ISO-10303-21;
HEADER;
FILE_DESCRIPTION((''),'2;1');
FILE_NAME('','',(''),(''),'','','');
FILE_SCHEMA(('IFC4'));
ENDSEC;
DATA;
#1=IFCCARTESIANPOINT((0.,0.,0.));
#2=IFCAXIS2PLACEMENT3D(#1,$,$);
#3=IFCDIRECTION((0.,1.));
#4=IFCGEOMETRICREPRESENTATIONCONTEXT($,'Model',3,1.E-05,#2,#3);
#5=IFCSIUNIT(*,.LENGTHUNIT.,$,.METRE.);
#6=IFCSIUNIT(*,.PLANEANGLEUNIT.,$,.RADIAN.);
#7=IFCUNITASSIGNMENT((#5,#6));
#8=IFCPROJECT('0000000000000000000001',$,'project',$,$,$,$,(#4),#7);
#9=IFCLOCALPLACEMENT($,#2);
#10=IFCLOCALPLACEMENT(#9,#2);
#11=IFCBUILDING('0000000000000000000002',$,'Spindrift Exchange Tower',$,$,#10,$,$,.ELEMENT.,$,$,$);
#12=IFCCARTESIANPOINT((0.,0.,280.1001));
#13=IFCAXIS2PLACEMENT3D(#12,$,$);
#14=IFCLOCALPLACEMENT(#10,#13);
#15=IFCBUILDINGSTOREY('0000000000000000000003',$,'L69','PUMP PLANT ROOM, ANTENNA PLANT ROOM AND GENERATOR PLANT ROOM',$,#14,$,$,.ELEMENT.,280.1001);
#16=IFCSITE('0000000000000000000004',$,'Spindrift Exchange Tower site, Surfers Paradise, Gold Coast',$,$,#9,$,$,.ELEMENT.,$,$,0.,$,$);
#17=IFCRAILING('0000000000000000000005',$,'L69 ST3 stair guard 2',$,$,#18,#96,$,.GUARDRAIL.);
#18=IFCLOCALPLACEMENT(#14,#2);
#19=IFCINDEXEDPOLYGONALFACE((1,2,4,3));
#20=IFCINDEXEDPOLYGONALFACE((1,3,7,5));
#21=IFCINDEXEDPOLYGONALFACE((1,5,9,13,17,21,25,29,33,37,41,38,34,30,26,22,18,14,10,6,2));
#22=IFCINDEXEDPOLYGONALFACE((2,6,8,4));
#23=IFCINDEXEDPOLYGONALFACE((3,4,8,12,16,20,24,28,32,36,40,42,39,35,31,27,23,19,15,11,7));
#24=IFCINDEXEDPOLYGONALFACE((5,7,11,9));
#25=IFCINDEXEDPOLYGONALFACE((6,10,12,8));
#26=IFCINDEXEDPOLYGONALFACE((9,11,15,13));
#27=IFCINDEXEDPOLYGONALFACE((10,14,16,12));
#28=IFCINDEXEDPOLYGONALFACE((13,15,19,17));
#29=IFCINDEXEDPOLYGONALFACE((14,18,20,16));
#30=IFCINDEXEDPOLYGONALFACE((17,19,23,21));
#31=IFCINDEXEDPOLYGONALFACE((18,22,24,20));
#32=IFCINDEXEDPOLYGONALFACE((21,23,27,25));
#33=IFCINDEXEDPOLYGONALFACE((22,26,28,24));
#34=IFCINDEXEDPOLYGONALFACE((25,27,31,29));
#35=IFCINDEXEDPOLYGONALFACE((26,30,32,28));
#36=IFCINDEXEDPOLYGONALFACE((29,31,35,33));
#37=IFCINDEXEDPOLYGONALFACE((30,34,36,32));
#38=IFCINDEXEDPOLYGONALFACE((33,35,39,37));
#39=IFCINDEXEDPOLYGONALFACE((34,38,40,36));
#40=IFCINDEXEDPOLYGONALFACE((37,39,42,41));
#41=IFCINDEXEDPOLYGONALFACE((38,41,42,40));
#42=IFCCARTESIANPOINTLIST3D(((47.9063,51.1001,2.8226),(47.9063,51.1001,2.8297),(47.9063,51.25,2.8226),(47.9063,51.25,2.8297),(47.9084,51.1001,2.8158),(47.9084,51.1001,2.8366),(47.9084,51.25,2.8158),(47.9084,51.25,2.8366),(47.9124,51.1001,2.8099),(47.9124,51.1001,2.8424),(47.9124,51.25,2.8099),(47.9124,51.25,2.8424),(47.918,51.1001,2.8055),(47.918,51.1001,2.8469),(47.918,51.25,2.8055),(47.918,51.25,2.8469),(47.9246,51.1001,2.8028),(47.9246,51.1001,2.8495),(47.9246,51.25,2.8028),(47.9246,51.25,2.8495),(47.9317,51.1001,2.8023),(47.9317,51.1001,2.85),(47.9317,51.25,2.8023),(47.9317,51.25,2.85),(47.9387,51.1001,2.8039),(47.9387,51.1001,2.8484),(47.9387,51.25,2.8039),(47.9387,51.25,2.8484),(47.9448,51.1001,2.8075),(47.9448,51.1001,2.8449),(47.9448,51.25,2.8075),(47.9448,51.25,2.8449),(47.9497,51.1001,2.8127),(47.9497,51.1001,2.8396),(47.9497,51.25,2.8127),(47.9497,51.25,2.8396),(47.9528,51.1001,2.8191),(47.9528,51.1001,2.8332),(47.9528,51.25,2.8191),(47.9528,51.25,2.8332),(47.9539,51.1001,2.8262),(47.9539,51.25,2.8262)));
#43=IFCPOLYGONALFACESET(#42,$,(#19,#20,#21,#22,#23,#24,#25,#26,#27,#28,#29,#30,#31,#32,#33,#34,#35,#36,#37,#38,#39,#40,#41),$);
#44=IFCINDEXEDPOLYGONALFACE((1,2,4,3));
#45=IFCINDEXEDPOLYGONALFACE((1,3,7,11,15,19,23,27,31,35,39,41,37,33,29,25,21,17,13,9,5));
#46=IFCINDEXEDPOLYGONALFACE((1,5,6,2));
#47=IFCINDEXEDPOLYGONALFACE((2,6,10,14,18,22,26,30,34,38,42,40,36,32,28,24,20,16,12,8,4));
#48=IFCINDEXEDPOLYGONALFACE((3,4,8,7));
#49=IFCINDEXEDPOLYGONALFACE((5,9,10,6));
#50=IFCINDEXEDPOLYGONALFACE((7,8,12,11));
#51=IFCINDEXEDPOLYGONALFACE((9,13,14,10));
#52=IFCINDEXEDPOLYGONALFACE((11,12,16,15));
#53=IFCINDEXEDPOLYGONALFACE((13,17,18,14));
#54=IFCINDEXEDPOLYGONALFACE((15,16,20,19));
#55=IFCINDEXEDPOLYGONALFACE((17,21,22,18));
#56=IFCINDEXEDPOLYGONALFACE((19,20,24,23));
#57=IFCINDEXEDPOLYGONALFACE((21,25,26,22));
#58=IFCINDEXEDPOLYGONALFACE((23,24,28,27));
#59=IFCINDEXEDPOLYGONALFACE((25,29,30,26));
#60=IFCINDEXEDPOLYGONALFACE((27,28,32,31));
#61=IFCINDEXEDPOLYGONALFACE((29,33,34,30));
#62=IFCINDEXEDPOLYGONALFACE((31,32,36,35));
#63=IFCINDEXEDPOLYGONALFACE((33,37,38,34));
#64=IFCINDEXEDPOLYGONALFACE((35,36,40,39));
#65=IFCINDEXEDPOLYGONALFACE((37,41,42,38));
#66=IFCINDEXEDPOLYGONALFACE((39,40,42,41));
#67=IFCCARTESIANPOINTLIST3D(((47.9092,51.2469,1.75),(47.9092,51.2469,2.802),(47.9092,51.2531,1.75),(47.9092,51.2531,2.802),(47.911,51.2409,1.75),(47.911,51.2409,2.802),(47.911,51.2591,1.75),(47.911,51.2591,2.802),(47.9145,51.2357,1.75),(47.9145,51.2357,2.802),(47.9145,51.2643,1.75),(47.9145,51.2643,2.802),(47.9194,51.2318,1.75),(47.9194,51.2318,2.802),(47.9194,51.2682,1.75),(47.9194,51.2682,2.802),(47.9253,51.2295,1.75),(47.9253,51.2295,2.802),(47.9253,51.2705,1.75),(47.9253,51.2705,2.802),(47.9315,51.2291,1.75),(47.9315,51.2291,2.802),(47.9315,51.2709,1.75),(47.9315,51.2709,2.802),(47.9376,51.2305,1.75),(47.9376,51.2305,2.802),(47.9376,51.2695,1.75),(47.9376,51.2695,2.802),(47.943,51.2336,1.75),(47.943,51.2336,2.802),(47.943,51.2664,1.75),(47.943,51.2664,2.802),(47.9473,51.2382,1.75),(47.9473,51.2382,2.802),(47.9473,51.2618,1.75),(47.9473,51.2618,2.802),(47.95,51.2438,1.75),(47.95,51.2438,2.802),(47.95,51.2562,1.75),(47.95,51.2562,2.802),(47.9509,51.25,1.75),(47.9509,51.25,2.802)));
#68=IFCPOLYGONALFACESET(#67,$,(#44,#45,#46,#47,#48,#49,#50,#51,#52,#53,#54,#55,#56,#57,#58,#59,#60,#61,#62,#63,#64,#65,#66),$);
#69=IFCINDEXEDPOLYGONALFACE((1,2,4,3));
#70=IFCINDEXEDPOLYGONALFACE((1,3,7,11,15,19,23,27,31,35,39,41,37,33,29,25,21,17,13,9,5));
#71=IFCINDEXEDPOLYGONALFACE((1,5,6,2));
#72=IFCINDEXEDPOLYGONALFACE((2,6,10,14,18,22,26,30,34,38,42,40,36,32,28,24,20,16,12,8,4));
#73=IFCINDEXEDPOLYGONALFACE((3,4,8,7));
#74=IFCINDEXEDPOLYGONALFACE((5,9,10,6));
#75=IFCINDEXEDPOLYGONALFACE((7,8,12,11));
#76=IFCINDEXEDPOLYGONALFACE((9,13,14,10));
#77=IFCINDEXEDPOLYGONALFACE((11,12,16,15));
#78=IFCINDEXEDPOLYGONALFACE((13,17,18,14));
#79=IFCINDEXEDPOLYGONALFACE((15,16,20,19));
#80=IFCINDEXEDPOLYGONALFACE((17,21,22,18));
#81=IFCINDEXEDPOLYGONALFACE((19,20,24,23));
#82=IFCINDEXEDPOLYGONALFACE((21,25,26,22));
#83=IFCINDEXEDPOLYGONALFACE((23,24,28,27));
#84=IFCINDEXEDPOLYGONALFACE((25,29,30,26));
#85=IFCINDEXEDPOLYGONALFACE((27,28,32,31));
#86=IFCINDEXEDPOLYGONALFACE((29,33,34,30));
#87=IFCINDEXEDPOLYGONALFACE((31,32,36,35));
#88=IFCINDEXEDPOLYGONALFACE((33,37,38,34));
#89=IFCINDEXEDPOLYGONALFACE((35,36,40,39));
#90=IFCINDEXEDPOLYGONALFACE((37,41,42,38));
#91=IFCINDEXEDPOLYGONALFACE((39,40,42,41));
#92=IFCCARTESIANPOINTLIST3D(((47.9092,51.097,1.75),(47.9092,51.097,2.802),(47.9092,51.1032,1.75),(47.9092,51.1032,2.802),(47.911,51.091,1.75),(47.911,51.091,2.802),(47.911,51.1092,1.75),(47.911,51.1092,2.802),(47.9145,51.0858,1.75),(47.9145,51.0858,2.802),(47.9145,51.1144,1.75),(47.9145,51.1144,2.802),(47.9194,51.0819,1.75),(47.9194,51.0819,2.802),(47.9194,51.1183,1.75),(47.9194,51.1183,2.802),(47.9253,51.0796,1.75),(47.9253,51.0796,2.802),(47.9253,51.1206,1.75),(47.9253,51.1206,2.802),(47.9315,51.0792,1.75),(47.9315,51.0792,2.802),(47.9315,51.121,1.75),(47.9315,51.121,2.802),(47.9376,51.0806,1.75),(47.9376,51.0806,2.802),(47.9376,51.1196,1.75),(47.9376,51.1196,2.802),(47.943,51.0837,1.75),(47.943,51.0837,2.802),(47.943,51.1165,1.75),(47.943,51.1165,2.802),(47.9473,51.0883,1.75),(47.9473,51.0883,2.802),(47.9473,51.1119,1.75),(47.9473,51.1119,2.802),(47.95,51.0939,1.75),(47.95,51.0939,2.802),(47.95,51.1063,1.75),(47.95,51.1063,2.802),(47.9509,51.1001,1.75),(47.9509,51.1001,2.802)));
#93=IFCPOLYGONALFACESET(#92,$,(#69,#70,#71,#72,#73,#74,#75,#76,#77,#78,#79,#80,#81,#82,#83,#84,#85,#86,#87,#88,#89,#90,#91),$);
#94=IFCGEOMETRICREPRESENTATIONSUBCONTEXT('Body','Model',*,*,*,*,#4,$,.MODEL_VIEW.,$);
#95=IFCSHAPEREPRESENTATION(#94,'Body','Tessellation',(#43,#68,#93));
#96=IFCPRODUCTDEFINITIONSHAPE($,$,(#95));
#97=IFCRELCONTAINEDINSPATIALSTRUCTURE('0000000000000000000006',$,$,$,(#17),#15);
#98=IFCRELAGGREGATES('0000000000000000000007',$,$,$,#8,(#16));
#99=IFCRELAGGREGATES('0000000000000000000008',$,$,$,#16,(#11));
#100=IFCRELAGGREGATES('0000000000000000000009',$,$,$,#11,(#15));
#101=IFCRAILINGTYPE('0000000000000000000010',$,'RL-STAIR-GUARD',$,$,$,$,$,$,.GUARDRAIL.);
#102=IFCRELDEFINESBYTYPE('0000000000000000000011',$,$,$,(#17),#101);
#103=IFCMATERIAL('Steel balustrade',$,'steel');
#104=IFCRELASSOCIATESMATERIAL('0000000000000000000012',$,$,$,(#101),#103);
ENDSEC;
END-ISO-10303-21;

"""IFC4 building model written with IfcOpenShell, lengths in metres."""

from ifc_helpers import new_model, si_unit, direction, frame, origin, origin_2d, place, context, subcontext, project, spatial, circle, extrude, material, type_object, element, save


model = new_model("IFC4")

# Units and contexts
model_context = context("Model", 3, precision=1e-05, world=origin(), true_north=direction((0.0, 1.0)))
body_context = subcontext(model_context, "Body", "Model", "MODEL_VIEW")
ifc_project = project(units=[si_unit("LENGTHUNIT", "METRE"), si_unit("PLANEANGLEUNIT", "RADIAN")], contexts=[model_context])

# Site, building, storey
site_placement = place(None, origin())
site = spatial("IfcSite", under=ifc_project, at=site_placement, Name="Spindrift Exchange Tower site, Surfers Paradise, Gold Coast", CompositionType="ELEMENT", RefElevation=0.0)
building_placement = place(site_placement, origin())
building = spatial("IfcBuilding", under=site, at=building_placement, Name="Spindrift Exchange Tower", CompositionType="ELEMENT")
storey_placement = place(building_placement, frame((0.0, 0.0, 280.1001)))
storey = spatial("IfcBuildingStorey", under=building, at=storey_placement, Name="L69", Description="PUMP PLANT ROOM, ANTENNA PLANT ROOM AND GENERATOR PLANT ROOM", CompositionType="ELEMENT", Elevation=280.1001)

# Railing
ifc_material_1 = material(Name="Steel balustrade", Category="steel")
railing_type_1 = type_object("IfcRailingType", Name="RL-STAIR-GUARD", PredefinedType="GUARDRAIL", material=ifc_material_1)
railing_1_placement = place(storey_placement, frame((47.9299, 51.25, 1.75)))
element("IfcRailing", 1, at=railing_1_placement, inside=storey, type_object=railing_type_1, Name="L69 ST3 stair guard 2", PredefinedType="GUARDRAIL", context=body_context, shape_type="SweptSolid", body=[
    extrude(circle(Radius=0.0239, at=origin_2d()), frame((0.0, 0.0, 1.0762), z_axis=(0.0, -1.0, 0.0), x_axis=(1.0, 0.0, 0.0)), (0.0, 0.0, 1.0), 0.1499),
    extrude(circle(Radius=0.021, at=origin_2d()), origin(), (0.0, 0.0, 1.0), 1.052),
    extrude(circle(Radius=0.021, at=origin_2d()), frame((0.0, -0.1499, 0.0)), (0.0, 0.0, 1.0), 1.052),
])

save(model, "model.ifc")
